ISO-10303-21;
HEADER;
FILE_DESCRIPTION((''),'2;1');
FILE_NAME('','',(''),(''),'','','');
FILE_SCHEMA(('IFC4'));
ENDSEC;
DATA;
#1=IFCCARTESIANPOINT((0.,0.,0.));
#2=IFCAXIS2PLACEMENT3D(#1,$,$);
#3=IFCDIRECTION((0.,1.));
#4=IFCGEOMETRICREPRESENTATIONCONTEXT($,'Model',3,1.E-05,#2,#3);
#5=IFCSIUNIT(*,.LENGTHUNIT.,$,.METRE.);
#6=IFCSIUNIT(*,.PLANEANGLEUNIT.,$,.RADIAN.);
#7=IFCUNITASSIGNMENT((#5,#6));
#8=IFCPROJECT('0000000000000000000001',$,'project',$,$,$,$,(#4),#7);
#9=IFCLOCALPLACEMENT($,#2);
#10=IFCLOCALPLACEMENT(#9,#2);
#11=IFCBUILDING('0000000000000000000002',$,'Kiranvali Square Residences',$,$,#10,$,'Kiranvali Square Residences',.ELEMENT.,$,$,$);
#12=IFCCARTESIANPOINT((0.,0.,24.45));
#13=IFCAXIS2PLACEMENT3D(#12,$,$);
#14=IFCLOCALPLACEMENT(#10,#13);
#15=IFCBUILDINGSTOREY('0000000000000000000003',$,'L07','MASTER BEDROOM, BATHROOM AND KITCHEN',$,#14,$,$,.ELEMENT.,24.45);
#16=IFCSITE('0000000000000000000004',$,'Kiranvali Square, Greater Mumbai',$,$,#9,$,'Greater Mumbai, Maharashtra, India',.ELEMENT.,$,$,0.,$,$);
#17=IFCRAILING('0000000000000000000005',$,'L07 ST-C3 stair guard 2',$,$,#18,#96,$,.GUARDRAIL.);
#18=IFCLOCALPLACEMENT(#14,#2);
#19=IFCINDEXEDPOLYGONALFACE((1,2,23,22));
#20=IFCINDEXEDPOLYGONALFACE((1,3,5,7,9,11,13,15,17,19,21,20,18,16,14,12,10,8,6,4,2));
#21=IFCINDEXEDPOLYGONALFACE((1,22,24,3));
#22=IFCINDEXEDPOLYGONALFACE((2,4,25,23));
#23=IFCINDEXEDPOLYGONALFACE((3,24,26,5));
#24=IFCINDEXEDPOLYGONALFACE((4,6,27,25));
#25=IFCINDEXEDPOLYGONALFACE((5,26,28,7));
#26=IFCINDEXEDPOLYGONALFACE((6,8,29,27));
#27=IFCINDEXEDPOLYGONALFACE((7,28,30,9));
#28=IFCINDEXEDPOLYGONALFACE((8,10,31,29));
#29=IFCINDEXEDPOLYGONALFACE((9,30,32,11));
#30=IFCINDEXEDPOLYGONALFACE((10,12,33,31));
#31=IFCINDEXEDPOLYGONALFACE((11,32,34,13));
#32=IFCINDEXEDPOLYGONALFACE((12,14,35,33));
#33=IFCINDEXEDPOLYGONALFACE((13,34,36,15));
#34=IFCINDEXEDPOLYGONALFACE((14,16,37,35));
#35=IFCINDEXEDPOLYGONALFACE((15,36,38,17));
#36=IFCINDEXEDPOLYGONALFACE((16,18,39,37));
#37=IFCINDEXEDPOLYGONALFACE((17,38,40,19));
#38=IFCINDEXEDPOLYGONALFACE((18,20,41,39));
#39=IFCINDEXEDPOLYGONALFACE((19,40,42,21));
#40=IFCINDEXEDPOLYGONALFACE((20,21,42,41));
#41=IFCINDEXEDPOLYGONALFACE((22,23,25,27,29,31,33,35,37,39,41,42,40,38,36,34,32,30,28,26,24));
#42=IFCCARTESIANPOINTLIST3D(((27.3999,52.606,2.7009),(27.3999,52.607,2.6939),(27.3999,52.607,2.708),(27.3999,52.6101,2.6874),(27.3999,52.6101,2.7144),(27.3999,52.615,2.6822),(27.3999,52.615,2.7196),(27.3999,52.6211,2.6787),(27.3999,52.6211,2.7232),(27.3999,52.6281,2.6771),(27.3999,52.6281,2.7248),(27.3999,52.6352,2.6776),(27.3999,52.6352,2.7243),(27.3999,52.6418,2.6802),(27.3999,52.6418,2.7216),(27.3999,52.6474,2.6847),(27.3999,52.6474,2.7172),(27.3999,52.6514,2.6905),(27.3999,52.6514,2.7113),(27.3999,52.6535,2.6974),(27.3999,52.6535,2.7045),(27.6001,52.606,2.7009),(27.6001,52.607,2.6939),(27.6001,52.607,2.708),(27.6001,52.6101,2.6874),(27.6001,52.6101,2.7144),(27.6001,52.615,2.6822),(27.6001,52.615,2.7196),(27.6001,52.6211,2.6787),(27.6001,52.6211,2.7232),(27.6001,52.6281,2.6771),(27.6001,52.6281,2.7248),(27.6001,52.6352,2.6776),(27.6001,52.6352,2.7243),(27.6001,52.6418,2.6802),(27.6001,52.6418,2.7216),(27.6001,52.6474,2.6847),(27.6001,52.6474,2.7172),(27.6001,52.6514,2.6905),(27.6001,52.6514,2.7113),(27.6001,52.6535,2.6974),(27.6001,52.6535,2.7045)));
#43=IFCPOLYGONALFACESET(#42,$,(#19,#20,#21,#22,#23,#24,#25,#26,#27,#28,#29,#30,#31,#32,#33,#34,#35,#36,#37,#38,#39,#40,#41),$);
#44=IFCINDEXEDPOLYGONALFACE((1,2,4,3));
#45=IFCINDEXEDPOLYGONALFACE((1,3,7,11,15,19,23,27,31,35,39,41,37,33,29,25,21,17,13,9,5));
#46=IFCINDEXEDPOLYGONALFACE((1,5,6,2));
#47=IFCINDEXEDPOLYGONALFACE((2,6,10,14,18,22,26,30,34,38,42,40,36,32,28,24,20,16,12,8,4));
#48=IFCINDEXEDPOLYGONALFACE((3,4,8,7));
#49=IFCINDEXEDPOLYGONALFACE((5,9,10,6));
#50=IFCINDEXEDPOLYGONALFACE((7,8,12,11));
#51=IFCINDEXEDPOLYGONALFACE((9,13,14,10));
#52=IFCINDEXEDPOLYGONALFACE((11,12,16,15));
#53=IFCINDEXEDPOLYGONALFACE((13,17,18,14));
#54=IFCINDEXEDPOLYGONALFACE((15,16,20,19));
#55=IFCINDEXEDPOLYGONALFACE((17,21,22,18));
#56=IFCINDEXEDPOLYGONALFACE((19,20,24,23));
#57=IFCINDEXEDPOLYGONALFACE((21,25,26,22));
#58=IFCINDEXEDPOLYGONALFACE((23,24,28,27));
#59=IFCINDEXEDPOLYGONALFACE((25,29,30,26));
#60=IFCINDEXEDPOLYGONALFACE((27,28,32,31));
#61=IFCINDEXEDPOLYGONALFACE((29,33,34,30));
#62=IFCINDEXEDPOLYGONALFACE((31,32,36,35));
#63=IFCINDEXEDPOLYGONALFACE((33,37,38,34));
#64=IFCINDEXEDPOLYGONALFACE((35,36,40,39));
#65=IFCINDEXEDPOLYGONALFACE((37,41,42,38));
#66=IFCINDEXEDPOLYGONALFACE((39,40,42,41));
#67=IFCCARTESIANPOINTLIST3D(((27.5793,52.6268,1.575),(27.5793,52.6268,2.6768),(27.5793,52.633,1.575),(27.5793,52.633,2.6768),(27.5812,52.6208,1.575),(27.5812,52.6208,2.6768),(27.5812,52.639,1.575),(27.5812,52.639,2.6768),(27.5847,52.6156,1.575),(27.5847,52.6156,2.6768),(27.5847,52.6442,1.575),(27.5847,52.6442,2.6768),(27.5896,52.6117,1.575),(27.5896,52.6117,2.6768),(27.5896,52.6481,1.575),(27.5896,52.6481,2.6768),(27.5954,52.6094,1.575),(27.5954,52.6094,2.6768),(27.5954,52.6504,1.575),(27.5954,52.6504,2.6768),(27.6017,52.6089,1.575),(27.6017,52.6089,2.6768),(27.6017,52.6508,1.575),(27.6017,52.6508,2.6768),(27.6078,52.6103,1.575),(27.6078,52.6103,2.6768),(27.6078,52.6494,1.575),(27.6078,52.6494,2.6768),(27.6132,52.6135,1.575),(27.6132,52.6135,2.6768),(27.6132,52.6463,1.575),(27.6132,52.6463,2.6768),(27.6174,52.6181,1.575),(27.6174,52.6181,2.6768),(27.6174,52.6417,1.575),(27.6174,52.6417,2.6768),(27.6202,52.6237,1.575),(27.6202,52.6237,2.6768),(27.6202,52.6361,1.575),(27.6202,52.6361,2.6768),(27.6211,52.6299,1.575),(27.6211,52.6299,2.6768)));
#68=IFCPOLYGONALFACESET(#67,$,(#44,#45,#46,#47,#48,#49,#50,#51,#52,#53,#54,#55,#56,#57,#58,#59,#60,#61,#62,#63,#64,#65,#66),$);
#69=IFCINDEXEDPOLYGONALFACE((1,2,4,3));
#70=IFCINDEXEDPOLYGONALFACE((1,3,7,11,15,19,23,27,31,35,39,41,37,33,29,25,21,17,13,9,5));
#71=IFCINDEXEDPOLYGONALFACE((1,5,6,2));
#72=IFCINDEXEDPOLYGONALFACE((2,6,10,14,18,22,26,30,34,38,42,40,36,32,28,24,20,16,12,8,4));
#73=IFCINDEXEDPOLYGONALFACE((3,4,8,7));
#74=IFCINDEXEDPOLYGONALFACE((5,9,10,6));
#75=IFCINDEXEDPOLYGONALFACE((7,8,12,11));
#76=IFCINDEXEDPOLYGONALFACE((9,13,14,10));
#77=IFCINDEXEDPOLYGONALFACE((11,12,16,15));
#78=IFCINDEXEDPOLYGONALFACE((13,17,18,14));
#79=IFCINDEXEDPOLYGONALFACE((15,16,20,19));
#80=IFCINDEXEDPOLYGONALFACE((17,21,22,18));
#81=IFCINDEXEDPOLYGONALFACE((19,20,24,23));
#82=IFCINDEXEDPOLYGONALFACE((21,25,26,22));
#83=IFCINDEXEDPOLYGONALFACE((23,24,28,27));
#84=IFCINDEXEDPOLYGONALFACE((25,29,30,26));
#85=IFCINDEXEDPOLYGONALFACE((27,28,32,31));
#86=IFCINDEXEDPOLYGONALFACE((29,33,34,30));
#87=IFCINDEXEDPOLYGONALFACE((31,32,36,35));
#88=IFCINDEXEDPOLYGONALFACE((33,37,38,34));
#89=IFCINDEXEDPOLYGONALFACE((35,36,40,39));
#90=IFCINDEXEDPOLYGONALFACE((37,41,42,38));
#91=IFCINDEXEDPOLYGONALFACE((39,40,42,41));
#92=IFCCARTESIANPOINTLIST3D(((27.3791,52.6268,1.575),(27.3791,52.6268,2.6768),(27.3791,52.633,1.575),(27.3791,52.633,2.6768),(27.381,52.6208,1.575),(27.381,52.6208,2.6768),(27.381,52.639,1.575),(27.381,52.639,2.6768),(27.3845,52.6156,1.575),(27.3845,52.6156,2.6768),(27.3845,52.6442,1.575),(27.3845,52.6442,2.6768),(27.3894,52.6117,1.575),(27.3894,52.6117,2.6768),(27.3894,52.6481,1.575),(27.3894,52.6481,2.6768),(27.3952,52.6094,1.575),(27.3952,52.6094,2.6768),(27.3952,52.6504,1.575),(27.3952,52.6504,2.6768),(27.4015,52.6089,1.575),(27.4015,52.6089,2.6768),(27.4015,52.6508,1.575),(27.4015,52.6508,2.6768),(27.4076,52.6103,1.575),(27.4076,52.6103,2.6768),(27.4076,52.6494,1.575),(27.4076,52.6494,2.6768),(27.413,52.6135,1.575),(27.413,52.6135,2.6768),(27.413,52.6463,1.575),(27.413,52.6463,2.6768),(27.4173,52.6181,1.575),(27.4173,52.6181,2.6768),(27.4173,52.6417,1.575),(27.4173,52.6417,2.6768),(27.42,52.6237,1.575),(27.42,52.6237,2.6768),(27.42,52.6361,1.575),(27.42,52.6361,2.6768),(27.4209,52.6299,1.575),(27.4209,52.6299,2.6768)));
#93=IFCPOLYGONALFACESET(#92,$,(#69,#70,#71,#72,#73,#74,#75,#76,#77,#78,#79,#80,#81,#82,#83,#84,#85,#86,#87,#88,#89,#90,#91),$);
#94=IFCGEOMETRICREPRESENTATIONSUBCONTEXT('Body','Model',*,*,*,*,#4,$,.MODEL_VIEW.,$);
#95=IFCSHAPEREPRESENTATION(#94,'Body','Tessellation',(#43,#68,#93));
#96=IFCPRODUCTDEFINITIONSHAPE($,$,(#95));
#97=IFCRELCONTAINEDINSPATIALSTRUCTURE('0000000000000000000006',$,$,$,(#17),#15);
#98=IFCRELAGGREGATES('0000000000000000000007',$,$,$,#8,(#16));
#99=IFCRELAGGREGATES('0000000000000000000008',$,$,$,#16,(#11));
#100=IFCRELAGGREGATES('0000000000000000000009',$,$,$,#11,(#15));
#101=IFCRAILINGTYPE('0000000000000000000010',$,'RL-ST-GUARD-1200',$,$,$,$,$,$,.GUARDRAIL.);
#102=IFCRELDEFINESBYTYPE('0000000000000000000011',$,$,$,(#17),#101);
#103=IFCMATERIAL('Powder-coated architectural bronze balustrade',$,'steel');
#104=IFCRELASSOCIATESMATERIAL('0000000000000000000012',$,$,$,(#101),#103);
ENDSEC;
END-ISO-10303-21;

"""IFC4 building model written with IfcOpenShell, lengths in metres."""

from ifc_helpers import new_model, si_unit, direction, frame, origin, origin_2d, place, context, subcontext, project, spatial, circle, extrude, material, type_object, element, save


model = new_model("IFC4")

# Units and contexts
model_context = context("Model", 3, precision=1e-05, world=origin(), true_north=direction((0.0, 1.0)))
body_context = subcontext(model_context, "Body", "Model", "MODEL_VIEW")
ifc_project = project(units=[si_unit("LENGTHUNIT", "METRE"), si_unit("PLANEANGLEUNIT", "RADIAN")], contexts=[model_context])

# Site, building, storey
site_placement = place(None, origin())
site = spatial("IfcSite", under=ifc_project, at=site_placement, Name="Kiranvali Square, Greater Mumbai", LongName="Greater Mumbai, Maharashtra, India", CompositionType="ELEMENT", RefElevation=0.0)
building_placement = place(site_placement, origin())
building = spatial("IfcBuilding", under=site, at=building_placement, Name="Kiranvali Square Residences", LongName="Kiranvali Square Residences", CompositionType="ELEMENT")
storey_placement = place(building_placement, frame((0.0, 0.0, 24.45)))
storey = spatial("IfcBuildingStorey", under=building, at=storey_placement, Name="L07", Description="MASTER BEDROOM, BATHROOM AND KITCHEN", CompositionType="ELEMENT", Elevation=24.45)

# Railing
ifc_material_1 = material(Name="Powder-coated architectural bronze balustrade", Category="steel")
railing_type_1 = type_object("IfcRailingType", Name="RL-ST-GUARD-1200", PredefinedType="GUARDRAIL", material=ifc_material_1)
railing_1_placement = place(storey_placement, frame((27.6001, 52.6299, 1.575)))
element("IfcRailing", 1, at=railing_1_placement, inside=storey, type_object=railing_type_1, Name="L07 ST-C3 stair guard 2", PredefinedType="GUARDRAIL", context=body_context, shape_type="SweptSolid", body=[
    extrude(circle(Radius=0.0239, at=origin_2d()), frame((0.0, 0.0, 1.126), z_axis=(-1.0, 0.0, 0.0), x_axis=(0.0, -1.0, 0.0)), (0.0, 0.0, 1.0), 0.2002),
    extrude(circle(Radius=0.021, at=origin_2d()), origin(), (0.0, 0.0, 1.0), 1.1018),
    extrude(circle(Radius=0.021, at=origin_2d()), frame((-0.2002, 0.0, 0.0)), (0.0, 0.0, 1.0), 1.1018),
])

save(model, "model.ifc")
